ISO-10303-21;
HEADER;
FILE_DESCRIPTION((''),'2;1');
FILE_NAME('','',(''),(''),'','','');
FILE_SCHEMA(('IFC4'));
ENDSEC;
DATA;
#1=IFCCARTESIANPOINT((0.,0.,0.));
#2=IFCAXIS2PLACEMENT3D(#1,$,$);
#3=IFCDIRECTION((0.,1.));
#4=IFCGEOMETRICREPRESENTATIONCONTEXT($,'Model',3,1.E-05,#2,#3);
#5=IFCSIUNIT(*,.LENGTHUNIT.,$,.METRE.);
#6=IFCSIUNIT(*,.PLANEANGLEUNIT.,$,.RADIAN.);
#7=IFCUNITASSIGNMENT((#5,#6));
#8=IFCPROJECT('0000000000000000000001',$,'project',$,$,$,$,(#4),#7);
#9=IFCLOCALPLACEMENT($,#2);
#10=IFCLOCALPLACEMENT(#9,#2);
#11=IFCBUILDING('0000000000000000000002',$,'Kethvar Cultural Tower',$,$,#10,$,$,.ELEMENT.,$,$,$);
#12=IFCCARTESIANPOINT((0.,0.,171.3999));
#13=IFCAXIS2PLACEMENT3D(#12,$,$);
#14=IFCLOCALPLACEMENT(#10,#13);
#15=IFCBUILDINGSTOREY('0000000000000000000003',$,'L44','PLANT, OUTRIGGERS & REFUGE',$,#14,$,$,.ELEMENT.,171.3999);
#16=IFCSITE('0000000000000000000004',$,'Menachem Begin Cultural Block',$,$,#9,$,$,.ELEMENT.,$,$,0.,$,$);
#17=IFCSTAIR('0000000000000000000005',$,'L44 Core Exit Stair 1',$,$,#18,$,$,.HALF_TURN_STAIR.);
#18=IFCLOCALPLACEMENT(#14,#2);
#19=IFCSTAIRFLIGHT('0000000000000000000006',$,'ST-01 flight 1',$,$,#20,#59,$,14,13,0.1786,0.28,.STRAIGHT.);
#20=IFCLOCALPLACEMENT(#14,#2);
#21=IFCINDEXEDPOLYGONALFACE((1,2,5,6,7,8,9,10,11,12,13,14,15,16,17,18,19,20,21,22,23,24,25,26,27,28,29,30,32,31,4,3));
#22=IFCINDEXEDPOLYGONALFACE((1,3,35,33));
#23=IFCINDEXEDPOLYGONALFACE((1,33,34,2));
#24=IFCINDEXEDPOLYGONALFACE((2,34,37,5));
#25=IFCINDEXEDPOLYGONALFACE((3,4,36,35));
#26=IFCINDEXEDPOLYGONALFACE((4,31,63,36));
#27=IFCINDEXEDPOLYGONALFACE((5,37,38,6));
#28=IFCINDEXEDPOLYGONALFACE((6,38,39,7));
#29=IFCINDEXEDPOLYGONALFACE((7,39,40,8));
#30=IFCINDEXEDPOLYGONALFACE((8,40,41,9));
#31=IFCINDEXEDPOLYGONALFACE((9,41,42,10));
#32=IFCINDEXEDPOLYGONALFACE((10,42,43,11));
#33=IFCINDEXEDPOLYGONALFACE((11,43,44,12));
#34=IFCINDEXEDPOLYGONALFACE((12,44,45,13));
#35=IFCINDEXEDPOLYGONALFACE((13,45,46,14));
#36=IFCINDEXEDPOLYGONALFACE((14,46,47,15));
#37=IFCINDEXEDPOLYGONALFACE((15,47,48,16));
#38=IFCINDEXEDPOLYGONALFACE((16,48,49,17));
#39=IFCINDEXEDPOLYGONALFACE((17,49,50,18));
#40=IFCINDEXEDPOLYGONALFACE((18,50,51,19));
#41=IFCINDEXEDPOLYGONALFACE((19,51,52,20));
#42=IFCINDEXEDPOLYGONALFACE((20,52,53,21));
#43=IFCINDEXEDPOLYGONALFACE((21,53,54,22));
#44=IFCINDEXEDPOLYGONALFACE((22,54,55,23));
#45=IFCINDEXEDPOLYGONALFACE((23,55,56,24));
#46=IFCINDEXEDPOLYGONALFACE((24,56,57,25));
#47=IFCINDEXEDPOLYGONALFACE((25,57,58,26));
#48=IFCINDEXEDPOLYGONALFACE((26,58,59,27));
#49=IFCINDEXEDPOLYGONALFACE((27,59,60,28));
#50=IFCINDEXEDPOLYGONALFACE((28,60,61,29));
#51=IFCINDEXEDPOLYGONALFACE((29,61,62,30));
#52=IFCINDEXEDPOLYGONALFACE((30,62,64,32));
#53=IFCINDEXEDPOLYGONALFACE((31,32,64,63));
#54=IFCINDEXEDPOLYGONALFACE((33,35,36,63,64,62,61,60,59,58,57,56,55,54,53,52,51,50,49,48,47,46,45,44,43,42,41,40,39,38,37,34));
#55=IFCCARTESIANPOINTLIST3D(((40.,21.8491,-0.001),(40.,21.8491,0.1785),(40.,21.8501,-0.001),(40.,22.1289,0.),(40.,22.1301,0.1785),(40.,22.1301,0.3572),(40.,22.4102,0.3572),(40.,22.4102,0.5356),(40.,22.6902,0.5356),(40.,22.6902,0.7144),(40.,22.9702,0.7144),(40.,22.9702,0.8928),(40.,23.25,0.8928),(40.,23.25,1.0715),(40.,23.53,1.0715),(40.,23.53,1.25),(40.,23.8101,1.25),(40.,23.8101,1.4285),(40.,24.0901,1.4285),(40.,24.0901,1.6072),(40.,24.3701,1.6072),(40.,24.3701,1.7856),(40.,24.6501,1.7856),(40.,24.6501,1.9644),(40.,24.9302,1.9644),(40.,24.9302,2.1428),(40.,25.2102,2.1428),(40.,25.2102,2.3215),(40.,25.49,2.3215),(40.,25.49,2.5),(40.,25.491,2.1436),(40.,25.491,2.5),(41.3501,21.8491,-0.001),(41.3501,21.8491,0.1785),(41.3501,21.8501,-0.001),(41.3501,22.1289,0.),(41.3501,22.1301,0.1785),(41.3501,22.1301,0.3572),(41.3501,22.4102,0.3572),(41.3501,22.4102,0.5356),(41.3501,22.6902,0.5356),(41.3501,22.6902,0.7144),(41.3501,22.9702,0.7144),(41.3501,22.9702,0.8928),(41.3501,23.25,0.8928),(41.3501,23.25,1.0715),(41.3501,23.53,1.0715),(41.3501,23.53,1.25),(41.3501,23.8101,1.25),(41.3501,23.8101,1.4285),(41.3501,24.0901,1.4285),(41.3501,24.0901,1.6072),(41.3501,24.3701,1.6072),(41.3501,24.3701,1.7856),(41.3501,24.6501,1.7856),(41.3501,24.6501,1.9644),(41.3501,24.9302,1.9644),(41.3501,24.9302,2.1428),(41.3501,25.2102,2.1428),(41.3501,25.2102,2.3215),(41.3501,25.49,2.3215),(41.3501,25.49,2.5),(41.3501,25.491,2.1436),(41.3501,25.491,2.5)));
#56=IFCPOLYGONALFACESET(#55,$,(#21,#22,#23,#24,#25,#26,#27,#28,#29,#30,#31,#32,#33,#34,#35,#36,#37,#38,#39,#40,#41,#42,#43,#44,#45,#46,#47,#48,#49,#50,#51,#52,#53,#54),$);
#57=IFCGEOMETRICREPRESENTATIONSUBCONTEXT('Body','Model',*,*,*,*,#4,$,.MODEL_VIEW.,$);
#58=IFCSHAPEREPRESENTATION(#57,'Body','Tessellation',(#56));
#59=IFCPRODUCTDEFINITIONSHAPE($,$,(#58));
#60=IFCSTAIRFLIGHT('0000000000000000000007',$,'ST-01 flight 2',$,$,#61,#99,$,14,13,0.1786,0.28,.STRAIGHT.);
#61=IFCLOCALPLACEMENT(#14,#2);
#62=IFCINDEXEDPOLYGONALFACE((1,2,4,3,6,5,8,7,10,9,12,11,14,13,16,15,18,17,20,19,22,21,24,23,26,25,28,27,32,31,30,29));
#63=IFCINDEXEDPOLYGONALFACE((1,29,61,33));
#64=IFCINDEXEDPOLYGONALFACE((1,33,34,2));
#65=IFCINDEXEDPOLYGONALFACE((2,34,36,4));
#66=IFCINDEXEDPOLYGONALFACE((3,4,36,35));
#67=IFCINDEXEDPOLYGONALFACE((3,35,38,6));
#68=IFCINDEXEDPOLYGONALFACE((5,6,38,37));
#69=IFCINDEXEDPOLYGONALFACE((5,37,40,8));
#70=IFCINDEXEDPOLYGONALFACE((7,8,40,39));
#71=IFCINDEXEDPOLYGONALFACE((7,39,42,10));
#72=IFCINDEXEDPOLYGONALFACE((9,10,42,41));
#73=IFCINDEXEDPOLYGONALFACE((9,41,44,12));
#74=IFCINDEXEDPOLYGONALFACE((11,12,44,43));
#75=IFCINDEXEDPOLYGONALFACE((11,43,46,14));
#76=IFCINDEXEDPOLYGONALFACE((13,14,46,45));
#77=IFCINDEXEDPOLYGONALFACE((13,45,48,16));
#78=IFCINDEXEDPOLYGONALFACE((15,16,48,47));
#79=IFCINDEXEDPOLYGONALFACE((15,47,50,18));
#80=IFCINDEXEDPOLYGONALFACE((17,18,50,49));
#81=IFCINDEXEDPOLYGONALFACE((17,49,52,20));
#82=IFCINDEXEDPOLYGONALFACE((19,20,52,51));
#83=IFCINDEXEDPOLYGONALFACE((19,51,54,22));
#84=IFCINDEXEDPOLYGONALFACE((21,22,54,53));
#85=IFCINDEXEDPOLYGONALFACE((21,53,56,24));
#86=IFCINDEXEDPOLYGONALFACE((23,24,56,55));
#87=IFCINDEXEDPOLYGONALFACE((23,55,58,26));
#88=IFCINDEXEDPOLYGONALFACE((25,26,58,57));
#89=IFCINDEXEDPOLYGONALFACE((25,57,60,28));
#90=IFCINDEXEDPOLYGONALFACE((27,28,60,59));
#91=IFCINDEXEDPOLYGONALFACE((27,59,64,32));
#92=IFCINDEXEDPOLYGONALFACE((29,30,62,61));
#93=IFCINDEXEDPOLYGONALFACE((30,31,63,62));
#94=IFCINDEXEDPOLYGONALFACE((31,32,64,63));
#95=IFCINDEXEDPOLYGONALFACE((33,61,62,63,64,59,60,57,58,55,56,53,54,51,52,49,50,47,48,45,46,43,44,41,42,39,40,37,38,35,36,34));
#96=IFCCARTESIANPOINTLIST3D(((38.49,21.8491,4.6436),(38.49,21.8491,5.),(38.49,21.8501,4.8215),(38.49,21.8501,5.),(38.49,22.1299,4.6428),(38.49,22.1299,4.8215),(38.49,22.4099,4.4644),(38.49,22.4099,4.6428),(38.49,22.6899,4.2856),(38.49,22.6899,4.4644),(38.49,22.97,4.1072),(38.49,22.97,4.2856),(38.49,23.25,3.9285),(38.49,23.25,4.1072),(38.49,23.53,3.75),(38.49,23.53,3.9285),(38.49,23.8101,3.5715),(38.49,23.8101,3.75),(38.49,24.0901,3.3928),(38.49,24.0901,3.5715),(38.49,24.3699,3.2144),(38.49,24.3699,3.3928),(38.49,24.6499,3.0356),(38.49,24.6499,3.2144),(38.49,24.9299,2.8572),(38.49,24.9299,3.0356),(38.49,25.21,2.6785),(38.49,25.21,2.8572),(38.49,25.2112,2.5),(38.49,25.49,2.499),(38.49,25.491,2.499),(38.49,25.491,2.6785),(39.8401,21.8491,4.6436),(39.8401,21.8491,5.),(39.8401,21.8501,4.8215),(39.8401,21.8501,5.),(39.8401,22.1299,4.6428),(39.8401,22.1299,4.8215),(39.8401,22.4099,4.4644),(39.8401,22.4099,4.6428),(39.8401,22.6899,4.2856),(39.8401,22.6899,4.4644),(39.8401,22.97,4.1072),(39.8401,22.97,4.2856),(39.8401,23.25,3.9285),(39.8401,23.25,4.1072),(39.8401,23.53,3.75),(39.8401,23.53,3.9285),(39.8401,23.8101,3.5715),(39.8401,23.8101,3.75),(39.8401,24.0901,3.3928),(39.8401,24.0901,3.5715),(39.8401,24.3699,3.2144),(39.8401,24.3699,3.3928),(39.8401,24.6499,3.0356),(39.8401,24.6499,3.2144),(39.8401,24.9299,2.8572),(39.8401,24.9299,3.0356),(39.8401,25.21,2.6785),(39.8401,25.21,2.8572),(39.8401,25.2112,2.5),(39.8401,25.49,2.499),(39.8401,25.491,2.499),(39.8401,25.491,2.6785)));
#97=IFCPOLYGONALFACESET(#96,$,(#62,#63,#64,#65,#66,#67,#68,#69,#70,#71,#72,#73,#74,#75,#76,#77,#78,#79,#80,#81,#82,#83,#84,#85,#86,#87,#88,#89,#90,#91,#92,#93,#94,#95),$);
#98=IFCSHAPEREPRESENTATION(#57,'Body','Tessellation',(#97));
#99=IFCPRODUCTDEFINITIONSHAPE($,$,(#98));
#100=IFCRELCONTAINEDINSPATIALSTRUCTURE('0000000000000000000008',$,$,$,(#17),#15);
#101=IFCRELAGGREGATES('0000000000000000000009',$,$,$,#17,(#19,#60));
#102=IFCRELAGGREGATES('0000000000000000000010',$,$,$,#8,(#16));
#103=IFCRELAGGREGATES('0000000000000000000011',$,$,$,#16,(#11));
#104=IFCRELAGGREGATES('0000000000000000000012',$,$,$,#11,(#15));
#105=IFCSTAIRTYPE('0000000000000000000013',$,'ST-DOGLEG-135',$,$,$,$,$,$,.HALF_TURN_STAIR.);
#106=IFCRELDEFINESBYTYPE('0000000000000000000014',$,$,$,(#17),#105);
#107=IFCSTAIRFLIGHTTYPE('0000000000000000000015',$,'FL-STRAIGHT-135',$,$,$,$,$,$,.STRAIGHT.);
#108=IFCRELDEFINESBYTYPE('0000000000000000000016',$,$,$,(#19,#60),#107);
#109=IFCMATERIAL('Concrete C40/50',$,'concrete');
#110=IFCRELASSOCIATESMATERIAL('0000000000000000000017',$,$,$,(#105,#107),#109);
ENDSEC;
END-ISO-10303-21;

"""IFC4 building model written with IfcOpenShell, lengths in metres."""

from ifc_helpers import new_model, si_unit, direction, frame, origin, place, context, subcontext, project, spatial, polyline, outline, extrude, material, type_object, element, aggregate, save


model = new_model("IFC4")

# Units and contexts
model_context = context("Model", 3, precision=1e-05, world=origin(), true_north=direction((0.0, 1.0)))
body_context = subcontext(model_context, "Body", "Model", "MODEL_VIEW")
ifc_project = project(units=[si_unit("LENGTHUNIT", "METRE"), si_unit("PLANEANGLEUNIT", "RADIAN")], contexts=[model_context])

# Site, building, storey
site_placement = place(None, origin())
site = spatial("IfcSite", under=ifc_project, at=site_placement, Name="Menachem Begin Cultural Block", CompositionType="ELEMENT", RefElevation=0.0)
building_placement = place(site_placement, origin())
building = spatial("IfcBuilding", under=site, at=building_placement, Name="Kethvar Cultural Tower", CompositionType="ELEMENT")
storey_placement = place(building_placement, frame((0.0, 0.0, 171.3999)))
storey = spatial("IfcBuildingStorey", under=building, at=storey_placement, Name="L44", Description="PLANT, OUTRIGGERS & REFUGE", CompositionType="ELEMENT", Elevation=171.3999)

# Stair, stair flights
ifc_material_1 = material(Name="Concrete C40/50", Category="concrete")
stair_type = type_object("IfcStairType", Name="ST-DOGLEG-135", PredefinedType="HALF_TURN_STAIR", material=ifc_material_1)
stair_placement = place(storey_placement, origin())
stair = element("IfcStair", 1, at=stair_placement, inside=storey, type_object=stair_type, Name="L44 Core Exit Stair 1", PredefinedType="HALF_TURN_STAIR")
stair_flight_type = type_object("IfcStairFlightType", Name="FL-STRAIGHT-135", PredefinedType="STRAIGHT", material=ifc_material_1)
stair_flight_1_placement = place(storey_placement, frame((40.675, 21.8501, 0.0), z_axis=(0.0, 0.0, 1.0), x_axis=(0.0, 1.0, 0.0)))
stair_flight_1 = element("IfcStairFlight", 2, at=stair_flight_1_placement, type_object=stair_flight_type, Name="ST-01 flight 1", NumberOfRisers=14, NumberOfTreads=13, PredefinedType="STRAIGHT", RiserHeight=0.1786, TreadLength=0.28, context=body_context, shape_type="SweptSolid", body=[
    extrude(outline(polyline([(-0.001, -0.001), (-0.001, 0.1785), (0.28, 0.1785), (0.28, 0.3572), (0.5601, 0.3572), (0.5601, 0.5356), (0.8401, 0.5356), (0.8401, 0.7144), (1.1201, 0.7144), (1.1201, 0.8928), (1.3999, 0.8928), (1.3999, 1.0715), (1.6799, 1.0715), (1.6799, 1.25), (1.96, 1.25), (1.96, 1.4285), (2.24, 1.4285), (2.24, 1.6072), (2.52, 1.6072), (2.52, 1.7856), (2.8, 1.7856), (2.8, 1.9644), (3.0801, 1.9644), (3.0801, 2.1428), (3.3601, 2.1428), (3.3601, 2.3215), (3.6399, 2.3215), (3.6399, 2.5), (3.6409, 2.5), (3.6409, 2.1436), (0.2788, 0.0), (0.0, -0.001), (-0.001, -0.001)])), frame((0.0, 0.675, 0.0), z_axis=(0.0, -1.0, 0.0), x_axis=(1.0, 0.0, 0.0)), (0.0, 0.0, 1.0), 1.3501),
])
stair_flight_2_placement = place(storey_placement, frame((39.165, 25.49, 2.5), z_axis=(0.0, 0.0, 1.0), x_axis=(0.0, -1.0, 0.0)))
stair_flight_2 = element("IfcStairFlight", 3, at=stair_flight_2_placement, type_object=stair_flight_type, Name="ST-01 flight 2", NumberOfRisers=14, NumberOfTreads=13, PredefinedType="STRAIGHT", RiserHeight=0.1786, TreadLength=0.28, context=body_context, shape_type="SweptSolid", body=[
    extrude(outline(polyline([(-0.001, -0.001), (-0.001, 0.1785), (0.28, 0.1785), (0.28, 0.3572), (0.5601, 0.3572), (0.5601, 0.5356), (0.8401, 0.5356), (0.8401, 0.7144), (1.1201, 0.7144), (1.1201, 0.8928), (1.3999, 0.8928), (1.3999, 1.0715), (1.6799, 1.0715), (1.6799, 1.25), (1.96, 1.25), (1.96, 1.4285), (2.24, 1.4285), (2.24, 1.6072), (2.52, 1.6072), (2.52, 1.7856), (2.8, 1.7856), (2.8, 1.9644), (3.0801, 1.9644), (3.0801, 2.1428), (3.3601, 2.1428), (3.3601, 2.3215), (3.6399, 2.3215), (3.6399, 2.5), (3.6409, 2.5), (3.6409, 2.1436), (0.2788, 0.0), (0.0, -0.001), (-0.001, -0.001)])), frame((0.0, 0.675, 0.0), z_axis=(0.0, -1.0, 0.0), x_axis=(1.0, 0.0, 0.0)), (0.0, 0.0, 1.0), 1.3501),
])
aggregate(stair, [stair_flight_1, stair_flight_2])

save(model, "model.ifc")
